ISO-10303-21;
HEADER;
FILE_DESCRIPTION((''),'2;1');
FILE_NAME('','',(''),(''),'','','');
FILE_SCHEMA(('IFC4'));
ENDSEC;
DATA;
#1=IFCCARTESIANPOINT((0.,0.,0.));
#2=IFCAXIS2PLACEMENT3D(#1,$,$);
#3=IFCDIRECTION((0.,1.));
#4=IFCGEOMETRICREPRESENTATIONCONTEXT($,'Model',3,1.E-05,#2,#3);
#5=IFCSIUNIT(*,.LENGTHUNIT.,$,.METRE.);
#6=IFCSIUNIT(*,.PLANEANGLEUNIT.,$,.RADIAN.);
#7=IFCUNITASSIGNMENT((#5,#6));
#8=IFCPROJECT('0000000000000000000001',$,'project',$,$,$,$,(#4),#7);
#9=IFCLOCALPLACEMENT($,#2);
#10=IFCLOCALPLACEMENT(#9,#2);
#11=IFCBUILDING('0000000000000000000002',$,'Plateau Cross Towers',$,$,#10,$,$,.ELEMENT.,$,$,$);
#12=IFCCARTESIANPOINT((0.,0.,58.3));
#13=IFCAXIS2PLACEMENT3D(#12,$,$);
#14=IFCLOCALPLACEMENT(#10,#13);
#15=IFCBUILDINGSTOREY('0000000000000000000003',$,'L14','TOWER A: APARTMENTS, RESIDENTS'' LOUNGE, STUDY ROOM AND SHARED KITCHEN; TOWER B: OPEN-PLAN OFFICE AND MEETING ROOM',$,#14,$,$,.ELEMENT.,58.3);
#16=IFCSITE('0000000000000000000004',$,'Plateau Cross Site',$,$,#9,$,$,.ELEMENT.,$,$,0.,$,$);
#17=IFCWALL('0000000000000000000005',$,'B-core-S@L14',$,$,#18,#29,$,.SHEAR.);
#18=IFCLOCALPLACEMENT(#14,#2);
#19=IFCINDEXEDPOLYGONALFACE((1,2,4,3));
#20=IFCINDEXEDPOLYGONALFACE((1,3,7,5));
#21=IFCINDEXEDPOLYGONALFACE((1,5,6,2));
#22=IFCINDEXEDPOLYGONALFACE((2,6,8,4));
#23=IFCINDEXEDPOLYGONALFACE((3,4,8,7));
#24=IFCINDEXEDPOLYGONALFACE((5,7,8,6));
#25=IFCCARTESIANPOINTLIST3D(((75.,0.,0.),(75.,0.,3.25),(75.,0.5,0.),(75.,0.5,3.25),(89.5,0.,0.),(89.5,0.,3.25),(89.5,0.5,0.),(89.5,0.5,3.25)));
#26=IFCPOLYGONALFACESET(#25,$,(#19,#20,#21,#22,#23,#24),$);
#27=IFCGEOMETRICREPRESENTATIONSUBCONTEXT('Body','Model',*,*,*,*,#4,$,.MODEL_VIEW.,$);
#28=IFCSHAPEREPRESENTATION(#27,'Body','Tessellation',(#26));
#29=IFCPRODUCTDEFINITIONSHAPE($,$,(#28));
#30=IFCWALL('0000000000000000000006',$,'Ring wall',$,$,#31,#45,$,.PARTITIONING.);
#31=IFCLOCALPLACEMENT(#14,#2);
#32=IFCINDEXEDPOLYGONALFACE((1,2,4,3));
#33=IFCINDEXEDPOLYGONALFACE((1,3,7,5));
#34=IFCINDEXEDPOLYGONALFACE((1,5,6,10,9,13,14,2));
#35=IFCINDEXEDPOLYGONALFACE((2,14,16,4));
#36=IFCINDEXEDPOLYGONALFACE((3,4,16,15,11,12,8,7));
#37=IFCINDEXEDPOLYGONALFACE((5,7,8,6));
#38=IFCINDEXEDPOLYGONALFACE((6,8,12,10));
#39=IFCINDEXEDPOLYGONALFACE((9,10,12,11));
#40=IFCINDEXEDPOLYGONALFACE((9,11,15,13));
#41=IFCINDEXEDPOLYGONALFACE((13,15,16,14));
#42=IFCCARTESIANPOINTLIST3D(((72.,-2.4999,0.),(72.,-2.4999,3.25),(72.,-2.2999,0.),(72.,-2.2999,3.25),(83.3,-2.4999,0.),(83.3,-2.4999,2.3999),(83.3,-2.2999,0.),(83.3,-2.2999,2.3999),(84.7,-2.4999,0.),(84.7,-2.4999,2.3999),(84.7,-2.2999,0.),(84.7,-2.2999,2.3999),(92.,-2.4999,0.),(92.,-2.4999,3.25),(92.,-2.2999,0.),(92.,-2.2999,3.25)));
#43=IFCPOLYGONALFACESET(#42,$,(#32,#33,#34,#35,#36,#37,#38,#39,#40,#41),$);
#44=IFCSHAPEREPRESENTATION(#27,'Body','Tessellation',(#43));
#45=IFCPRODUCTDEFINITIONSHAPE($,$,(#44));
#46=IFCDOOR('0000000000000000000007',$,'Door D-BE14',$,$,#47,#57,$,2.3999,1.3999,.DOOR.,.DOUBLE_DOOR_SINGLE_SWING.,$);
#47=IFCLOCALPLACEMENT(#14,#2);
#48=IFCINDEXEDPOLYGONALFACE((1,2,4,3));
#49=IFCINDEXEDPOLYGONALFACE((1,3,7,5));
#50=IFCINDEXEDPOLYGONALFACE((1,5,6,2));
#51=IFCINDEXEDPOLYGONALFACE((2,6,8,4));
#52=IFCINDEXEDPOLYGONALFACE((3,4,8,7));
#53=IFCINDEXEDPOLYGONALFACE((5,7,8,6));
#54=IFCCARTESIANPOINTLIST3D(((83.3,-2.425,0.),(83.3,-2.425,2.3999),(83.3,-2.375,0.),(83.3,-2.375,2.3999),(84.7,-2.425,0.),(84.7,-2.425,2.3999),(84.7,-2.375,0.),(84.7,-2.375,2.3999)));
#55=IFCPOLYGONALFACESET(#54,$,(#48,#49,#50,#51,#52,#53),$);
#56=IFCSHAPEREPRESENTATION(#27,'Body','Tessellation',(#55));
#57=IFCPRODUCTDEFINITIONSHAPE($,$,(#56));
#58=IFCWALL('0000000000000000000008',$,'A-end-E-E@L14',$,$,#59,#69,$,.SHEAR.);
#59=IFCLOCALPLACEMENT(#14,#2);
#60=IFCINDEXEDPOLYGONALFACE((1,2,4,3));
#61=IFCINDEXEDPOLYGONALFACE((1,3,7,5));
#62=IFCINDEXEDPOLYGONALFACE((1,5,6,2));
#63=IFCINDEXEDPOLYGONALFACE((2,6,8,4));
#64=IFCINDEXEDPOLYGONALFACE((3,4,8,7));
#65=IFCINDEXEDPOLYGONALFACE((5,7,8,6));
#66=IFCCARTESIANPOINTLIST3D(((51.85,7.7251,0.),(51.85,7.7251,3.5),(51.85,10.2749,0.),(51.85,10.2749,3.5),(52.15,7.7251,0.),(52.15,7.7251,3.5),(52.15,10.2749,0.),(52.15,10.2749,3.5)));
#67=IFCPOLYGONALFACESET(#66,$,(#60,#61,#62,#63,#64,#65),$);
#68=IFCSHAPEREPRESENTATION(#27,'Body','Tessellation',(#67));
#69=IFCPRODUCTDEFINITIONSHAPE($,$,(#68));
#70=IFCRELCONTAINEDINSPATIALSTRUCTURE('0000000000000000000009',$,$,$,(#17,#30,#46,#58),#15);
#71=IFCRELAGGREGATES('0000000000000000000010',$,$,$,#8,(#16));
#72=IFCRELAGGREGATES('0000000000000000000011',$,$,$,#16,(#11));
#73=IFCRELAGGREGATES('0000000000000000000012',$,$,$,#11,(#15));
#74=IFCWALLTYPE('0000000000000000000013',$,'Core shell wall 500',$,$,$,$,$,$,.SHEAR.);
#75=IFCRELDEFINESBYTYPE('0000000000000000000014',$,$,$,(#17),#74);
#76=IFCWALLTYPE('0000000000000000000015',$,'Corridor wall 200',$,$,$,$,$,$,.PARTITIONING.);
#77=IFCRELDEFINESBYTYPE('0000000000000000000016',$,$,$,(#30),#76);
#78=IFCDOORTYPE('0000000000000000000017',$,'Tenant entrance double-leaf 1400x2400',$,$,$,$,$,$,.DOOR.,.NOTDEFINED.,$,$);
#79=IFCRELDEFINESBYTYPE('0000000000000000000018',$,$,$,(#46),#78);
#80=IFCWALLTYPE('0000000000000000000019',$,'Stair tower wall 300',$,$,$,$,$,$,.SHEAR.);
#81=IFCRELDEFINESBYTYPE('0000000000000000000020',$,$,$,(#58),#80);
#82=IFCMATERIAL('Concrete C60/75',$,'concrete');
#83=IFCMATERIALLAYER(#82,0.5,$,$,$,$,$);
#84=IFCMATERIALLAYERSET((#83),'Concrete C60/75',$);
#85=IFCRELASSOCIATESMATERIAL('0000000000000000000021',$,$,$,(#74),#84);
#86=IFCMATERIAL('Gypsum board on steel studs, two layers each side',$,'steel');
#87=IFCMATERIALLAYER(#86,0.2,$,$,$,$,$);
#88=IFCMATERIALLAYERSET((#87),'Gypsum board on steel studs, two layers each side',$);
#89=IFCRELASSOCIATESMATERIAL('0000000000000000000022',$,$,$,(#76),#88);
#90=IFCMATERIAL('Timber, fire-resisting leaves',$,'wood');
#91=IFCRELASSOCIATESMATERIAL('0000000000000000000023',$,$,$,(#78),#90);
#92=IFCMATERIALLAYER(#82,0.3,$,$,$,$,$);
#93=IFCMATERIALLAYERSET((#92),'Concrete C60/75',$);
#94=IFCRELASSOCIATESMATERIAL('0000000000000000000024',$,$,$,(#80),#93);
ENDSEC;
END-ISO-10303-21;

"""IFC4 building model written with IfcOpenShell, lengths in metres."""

from ifc_helpers import new_model, si_unit, direction, frame, frame_2d, origin, place, context, subcontext, project, spatial, rectangle, extrude, material, layer, layer_set, type_object, element, fill, save


model = new_model("IFC4")

# Units and contexts
model_context = context("Model", 3, precision=1e-05, world=origin(), true_north=direction((0.0, 1.0)))
body_context = subcontext(model_context, "Body", "Model", "MODEL_VIEW")
ifc_project = project(units=[si_unit("LENGTHUNIT", "METRE"), si_unit("PLANEANGLEUNIT", "RADIAN")], contexts=[model_context])

# Site, building, storey
site_placement = place(None, origin())
site = spatial("IfcSite", under=ifc_project, at=site_placement, Name="Plateau Cross Site", CompositionType="ELEMENT", RefElevation=0.0)
building_placement = place(site_placement, origin())
building = spatial("IfcBuilding", under=site, at=building_placement, Name="Plateau Cross Towers", CompositionType="ELEMENT")
storey_placement = place(building_placement, frame((0.0, 0.0, 58.3)))
storey = spatial("IfcBuildingStorey", under=building, at=storey_placement, Name="L14", Description="TOWER A: APARTMENTS, RESIDENTS' LOUNGE, STUDY ROOM AND SHARED KITCHEN; TOWER B: OPEN-PLAN OFFICE AND MEETING ROOM", CompositionType="ELEMENT", Elevation=58.3)

# Shared definitions
ifc_material_1 = material(Name="Concrete C60/75", Category="concrete")

# Wall
ifc_layer_1 = layer(ifc_material_1, 0.5)
ifc_layer_set_1 = layer_set([ifc_layer_1], Name="Concrete C60/75")
wall_type_1 = type_object("IfcWallType", Name="Core shell wall 500", PredefinedType="SHEAR", material=ifc_layer_set_1)
wall_1_placement = place(storey_placement, frame((75.0, 0.25, 0.0), z_axis=(0.0, 0.0, 1.0), x_axis=(1.0, 0.0, 0.0)))
element("IfcWall", 1, at=wall_1_placement, inside=storey, type_object=wall_type_1, Name="B-core-S@L14", PredefinedType="SHEAR", context=body_context, shape_type="SweptSolid", body=[
    extrude(rectangle(XDim=14.5, YDim=0.5, at=frame_2d((7.25, 0.0))), origin(), (0.0, 0.0, 1.0), 3.25),
])

# Wall, opening, door
ifc_material_2 = material(Name="Gypsum board on steel studs, two layers each side", Category="steel")
ifc_layer_2 = layer(ifc_material_2, 0.2)
ifc_layer_set_2 = layer_set([ifc_layer_2], Name="Gypsum board on steel studs, two layers each side")
wall_type_2 = type_object("IfcWallType", Name="Corridor wall 200", PredefinedType="PARTITIONING", material=ifc_layer_set_2)
wall_2_placement = place(storey_placement, frame((72.0, -2.3999, 0.0), z_axis=(0.0, 0.0, 1.0), x_axis=(1.0, 0.0, 0.0)))
wall_2 = element("IfcWall", 2, at=wall_2_placement, inside=storey, type_object=wall_type_2, Name="Ring wall", PredefinedType="PARTITIONING", context=body_context, shape_type="SweptSolid", body=[
    extrude(rectangle(XDim=20.0, YDim=0.2, at=frame_2d((10.0, 0.0))), origin(), (0.0, 0.0, 1.0), 3.25),
])
opening_placement = place(wall_2_placement, frame((11.3, 0.0, 0.0)))
opening = element("IfcOpeningElement", 3, at=opening_placement, cuts=wall_2, PredefinedType="OPENING", context=body_context, shape_type="SweptSolid", body=[
    extrude(rectangle(XDim=1.3999, YDim=2.3999, at=frame_2d((0.7, 1.2))), frame((0.0, 0.1099, 0.0), z_axis=(0.0, -1.0, 0.0), x_axis=(1.0, 0.0, 0.0)), (0.0, 0.0, 1.0), 0.22),
])
ifc_material_3 = material(Name="Timber, fire-resisting leaves", Category="wood")
door_type = type_object("IfcDoorType", Name="Tenant entrance double-leaf 1400x2400", OperationType="NOTDEFINED", PredefinedType="DOOR", material=ifc_material_3)
door_placement = place(opening_placement, origin())
door = element("IfcDoor", 4, at=door_placement, inside=storey, type_object=door_type, Name="Door D-BE14", OperationType="DOUBLE_DOOR_SINGLE_SWING", OverallHeight=2.3999, OverallWidth=1.3999, PredefinedType="DOOR", context=body_context, shape_type="SweptSolid", body=[
    extrude(rectangle(XDim=1.3999, YDim=2.3999, at=frame_2d((0.7, 1.2))), frame((0.0, 0.0249, 0.0), z_axis=(0.0, -1.0, 0.0), x_axis=(1.0, 0.0, 0.0)), (0.0, 0.0, 1.0), 0.05),
])
fill(opening, door)

# Wall
ifc_layer_3 = layer(ifc_material_1, 0.3)
ifc_layer_set_3 = layer_set([ifc_layer_3], Name="Concrete C60/75")
wall_type_3 = type_object("IfcWallType", Name="Stair tower wall 300", PredefinedType="SHEAR", material=ifc_layer_set_3)
wall_3_placement = place(storey_placement, frame((52.0, 7.7251, 0.0), z_axis=(0.0, 0.0, 1.0), x_axis=(0.0, 1.0, 0.0)))
element("IfcWall", 5, at=wall_3_placement, inside=storey, type_object=wall_type_3, Name="A-end-E-E@L14", PredefinedType="SHEAR", context=body_context, shape_type="SweptSolid", body=[
    extrude(rectangle(XDim=2.5498, YDim=0.3, at=frame_2d((1.2749, 0.0))), origin(), (0.0, 0.0, 1.0), 3.5),
])

save(model, "model.ifc")
